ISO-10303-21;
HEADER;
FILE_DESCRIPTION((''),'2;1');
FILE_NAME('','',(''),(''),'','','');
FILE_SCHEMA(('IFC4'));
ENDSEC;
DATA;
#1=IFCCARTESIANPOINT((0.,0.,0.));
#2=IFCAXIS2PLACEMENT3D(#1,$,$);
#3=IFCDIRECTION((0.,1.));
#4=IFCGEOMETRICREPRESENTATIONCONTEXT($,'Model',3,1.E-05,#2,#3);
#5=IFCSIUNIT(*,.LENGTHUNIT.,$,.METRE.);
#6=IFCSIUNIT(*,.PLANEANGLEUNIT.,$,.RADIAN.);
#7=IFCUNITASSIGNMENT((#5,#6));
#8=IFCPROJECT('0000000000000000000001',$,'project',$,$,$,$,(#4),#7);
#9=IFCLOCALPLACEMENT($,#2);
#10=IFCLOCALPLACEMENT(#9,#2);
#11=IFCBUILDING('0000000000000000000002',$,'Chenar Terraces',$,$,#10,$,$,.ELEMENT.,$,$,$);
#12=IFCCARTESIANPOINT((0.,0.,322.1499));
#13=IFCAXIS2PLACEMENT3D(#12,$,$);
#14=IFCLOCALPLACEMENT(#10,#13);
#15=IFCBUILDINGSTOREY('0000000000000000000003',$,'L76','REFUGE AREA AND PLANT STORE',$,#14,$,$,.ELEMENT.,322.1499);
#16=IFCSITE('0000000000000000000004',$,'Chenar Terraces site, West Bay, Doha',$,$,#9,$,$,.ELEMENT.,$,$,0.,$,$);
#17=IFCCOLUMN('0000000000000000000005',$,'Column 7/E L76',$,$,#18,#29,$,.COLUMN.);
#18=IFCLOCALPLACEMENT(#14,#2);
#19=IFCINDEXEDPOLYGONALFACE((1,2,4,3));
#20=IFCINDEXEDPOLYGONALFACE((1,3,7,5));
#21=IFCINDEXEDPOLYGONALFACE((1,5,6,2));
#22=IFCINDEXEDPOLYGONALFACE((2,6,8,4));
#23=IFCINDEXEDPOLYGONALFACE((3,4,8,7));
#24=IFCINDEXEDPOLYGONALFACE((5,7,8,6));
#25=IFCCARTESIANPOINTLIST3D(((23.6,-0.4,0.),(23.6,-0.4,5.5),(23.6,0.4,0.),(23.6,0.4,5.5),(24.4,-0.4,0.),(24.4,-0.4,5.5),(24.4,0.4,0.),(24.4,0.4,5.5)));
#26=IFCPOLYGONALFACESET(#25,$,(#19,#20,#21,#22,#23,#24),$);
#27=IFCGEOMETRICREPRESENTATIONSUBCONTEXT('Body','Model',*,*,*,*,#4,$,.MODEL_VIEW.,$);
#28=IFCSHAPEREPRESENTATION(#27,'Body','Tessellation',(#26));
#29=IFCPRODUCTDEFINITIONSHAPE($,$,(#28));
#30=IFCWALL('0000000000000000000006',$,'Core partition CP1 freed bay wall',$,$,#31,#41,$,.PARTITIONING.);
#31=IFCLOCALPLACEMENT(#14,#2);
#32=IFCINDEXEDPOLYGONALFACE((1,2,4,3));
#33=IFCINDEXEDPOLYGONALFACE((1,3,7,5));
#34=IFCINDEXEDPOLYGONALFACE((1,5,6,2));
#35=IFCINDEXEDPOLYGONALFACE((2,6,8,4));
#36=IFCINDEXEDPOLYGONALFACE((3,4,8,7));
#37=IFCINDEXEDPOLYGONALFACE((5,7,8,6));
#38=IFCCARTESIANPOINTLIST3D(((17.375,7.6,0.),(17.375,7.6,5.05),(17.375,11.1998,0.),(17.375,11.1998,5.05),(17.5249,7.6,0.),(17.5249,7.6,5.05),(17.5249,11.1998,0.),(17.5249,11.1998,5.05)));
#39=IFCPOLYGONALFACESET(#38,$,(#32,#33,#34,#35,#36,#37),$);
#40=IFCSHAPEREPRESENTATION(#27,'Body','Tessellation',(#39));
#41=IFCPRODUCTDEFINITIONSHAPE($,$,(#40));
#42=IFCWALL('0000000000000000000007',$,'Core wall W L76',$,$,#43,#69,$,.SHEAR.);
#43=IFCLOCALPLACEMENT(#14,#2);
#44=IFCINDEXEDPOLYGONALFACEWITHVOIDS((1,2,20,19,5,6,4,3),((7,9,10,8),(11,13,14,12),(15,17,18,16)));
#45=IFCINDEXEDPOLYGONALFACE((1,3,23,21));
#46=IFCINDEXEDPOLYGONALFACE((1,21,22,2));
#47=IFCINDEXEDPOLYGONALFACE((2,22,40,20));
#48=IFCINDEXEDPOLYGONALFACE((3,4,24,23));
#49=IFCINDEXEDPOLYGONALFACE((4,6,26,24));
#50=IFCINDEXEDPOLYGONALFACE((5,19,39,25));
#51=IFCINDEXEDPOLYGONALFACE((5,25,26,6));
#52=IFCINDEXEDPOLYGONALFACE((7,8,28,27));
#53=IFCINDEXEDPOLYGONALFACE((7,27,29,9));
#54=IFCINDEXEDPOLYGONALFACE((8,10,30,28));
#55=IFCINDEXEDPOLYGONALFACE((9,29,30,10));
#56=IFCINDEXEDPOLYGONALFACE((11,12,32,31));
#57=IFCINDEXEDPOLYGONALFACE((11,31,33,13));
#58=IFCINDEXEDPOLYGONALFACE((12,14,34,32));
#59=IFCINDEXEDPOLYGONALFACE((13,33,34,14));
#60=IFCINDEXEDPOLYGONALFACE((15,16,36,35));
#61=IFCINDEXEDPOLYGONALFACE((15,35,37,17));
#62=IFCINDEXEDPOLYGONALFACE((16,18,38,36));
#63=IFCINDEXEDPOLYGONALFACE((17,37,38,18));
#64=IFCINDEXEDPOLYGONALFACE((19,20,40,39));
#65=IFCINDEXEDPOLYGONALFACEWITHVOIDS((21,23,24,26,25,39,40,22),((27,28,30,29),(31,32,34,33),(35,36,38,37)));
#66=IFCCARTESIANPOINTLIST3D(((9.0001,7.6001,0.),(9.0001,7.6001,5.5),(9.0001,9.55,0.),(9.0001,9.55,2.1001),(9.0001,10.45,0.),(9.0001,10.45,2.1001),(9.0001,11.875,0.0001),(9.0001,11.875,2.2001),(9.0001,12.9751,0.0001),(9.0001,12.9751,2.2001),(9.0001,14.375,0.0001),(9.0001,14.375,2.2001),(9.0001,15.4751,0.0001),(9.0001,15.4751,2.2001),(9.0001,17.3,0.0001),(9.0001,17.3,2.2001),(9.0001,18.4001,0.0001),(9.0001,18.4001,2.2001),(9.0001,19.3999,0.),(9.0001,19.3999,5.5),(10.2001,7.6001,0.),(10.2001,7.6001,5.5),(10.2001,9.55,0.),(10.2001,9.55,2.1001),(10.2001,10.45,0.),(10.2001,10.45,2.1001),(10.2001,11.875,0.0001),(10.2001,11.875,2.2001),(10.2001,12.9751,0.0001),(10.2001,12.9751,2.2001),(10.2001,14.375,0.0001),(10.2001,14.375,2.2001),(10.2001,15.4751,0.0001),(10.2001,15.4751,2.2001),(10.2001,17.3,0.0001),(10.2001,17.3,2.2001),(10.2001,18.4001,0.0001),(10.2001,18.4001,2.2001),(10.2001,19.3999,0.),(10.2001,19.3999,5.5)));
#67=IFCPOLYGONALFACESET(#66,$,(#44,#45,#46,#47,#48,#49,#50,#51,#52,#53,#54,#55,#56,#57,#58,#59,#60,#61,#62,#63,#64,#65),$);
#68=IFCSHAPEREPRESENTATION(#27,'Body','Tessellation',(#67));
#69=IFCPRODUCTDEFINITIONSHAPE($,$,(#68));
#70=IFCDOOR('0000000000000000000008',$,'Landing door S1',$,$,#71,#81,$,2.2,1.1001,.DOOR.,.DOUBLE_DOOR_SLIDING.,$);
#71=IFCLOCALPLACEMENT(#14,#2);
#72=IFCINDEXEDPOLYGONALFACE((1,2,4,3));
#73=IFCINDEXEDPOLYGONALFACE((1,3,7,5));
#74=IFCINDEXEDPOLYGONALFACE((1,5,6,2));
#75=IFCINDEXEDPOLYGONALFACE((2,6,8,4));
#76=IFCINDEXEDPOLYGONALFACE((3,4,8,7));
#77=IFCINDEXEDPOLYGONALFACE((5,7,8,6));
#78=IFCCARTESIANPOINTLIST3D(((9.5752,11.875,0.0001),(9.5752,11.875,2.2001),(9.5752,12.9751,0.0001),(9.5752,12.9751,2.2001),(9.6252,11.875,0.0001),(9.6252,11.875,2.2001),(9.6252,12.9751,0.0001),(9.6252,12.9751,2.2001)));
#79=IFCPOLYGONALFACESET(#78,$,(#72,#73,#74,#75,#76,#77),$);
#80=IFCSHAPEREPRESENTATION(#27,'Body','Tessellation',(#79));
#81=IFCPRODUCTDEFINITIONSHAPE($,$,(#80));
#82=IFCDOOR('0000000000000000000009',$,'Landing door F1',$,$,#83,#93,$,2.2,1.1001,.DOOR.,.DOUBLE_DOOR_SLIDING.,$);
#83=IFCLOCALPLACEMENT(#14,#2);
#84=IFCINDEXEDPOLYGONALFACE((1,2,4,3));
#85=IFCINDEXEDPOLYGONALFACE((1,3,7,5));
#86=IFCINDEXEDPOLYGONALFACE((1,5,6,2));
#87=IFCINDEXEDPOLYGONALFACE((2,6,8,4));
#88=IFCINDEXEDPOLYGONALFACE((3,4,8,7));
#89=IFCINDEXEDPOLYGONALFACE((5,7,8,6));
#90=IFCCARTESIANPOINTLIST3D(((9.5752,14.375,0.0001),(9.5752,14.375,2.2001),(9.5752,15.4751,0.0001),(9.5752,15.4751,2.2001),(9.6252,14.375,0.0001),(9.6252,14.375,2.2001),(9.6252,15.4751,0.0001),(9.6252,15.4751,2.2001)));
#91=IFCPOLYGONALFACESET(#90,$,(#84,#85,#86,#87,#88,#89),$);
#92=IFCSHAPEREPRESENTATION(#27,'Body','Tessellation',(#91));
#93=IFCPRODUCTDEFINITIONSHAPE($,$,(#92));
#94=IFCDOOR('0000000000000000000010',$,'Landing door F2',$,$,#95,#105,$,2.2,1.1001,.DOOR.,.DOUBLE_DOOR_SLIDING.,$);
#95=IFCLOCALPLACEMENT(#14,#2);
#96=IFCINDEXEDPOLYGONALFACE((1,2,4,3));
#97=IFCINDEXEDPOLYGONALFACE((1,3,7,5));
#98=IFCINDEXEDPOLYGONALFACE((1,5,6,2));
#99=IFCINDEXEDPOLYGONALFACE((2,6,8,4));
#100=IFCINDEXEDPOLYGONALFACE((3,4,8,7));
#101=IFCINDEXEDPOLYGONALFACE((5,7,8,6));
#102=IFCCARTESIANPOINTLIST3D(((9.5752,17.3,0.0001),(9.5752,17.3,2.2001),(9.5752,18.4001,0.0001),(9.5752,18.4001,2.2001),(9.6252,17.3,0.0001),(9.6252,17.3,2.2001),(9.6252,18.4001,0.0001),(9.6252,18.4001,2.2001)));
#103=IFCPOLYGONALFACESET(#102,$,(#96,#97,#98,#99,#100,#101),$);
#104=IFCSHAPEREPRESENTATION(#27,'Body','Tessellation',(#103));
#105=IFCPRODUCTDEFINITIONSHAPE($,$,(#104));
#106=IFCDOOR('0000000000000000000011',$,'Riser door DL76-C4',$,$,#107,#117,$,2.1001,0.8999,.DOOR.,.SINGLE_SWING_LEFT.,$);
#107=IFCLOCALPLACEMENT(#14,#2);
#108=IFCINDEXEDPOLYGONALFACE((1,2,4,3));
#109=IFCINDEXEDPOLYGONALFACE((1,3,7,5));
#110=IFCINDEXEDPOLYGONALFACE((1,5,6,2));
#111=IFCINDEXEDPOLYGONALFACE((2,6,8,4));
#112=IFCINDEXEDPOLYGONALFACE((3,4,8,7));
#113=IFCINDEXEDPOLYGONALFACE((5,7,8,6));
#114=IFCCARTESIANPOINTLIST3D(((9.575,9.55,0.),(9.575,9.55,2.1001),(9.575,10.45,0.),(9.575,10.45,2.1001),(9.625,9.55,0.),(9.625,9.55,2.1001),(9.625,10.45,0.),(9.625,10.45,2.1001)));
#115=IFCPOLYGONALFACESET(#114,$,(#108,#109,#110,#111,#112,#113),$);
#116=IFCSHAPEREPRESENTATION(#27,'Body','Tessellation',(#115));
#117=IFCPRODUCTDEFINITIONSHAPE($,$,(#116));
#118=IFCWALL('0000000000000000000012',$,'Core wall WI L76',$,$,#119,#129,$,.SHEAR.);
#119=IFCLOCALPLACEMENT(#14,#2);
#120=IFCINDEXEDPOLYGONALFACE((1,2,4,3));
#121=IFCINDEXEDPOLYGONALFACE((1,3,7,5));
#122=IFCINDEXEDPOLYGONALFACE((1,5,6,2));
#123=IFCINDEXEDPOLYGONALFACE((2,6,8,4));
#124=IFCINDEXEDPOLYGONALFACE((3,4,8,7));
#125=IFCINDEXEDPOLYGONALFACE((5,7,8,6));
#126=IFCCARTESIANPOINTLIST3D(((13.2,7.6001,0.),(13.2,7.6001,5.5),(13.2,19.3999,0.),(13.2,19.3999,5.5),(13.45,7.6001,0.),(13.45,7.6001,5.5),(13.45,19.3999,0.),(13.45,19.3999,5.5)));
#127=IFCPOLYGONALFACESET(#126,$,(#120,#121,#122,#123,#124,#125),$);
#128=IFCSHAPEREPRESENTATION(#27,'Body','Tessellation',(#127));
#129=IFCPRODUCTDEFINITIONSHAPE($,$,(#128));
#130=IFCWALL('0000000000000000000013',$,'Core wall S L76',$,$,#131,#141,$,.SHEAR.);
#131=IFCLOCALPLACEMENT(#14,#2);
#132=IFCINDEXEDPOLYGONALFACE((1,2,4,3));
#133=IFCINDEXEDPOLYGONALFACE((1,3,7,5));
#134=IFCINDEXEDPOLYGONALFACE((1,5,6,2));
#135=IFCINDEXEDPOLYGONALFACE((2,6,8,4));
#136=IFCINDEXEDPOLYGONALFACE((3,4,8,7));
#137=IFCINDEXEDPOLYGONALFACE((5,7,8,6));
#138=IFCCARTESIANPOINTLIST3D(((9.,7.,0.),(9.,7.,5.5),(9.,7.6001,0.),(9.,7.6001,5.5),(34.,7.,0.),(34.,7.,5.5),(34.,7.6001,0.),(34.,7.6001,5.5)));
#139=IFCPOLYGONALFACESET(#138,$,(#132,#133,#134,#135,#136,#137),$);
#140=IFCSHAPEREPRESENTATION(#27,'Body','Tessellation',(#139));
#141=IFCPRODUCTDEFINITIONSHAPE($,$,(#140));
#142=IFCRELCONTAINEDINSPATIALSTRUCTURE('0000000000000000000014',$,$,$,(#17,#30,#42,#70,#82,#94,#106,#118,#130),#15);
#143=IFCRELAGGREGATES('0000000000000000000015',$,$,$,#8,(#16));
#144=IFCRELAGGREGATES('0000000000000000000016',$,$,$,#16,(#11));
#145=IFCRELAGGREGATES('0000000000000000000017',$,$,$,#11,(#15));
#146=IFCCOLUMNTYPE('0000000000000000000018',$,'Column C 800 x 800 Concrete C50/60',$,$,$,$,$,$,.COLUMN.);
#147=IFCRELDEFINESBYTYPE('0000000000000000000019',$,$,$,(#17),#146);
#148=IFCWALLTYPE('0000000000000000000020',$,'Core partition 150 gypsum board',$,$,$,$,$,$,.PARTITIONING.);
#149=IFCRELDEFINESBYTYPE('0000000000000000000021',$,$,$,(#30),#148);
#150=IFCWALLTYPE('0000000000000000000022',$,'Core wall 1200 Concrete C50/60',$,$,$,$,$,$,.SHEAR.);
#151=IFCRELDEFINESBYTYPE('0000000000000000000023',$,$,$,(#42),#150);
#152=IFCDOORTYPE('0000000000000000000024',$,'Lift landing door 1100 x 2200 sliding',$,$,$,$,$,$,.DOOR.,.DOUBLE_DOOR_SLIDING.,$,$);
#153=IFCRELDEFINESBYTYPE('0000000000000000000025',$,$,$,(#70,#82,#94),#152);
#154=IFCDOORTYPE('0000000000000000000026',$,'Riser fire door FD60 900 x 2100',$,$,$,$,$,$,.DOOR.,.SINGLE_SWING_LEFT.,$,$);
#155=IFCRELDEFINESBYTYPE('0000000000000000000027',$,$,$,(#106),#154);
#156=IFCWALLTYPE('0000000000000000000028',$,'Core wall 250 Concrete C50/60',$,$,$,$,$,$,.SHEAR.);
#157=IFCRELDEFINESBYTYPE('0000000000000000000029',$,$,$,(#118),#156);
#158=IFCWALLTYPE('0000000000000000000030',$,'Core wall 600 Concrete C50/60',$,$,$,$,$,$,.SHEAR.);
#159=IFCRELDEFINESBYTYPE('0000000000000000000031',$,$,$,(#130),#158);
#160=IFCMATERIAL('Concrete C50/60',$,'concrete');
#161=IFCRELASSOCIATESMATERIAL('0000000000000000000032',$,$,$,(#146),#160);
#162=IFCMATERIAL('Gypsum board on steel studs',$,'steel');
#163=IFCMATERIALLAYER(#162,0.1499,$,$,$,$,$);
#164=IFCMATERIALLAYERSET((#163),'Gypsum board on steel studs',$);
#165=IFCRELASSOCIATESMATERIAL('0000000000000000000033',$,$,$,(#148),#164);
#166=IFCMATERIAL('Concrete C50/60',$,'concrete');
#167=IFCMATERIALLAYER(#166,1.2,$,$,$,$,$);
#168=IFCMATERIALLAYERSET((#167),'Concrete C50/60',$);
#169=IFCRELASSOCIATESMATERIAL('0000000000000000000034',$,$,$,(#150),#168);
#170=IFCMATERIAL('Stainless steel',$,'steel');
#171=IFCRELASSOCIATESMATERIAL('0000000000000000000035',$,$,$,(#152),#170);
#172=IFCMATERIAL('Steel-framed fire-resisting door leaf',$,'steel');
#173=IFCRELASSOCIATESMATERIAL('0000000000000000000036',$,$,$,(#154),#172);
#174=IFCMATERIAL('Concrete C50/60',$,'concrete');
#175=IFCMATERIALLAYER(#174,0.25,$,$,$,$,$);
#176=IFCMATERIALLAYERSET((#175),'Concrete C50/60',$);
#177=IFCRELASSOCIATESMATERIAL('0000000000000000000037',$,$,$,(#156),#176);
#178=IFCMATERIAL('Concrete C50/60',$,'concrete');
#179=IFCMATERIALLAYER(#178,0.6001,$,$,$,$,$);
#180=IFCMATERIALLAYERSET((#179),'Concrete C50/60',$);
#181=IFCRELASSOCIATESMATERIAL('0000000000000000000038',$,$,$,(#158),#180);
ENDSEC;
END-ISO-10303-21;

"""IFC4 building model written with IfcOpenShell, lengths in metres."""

from ifc_helpers import new_model, si_unit, direction, frame, frame_2d, origin, origin_2d, place, context, subcontext, project, spatial, rectangle, extrude, material, layer, layer_set, material_profile, profile_set, type_object, element, fill, save


model = new_model("IFC4")

# Units and contexts
model_context = context("Model", 3, precision=1e-05, world=origin(), true_north=direction((0.0, 1.0)))
body_context = subcontext(model_context, "Body", "Model", "MODEL_VIEW")
ifc_project = project(units=[si_unit("LENGTHUNIT", "METRE"), si_unit("PLANEANGLEUNIT", "RADIAN")], contexts=[model_context])

# Site, building, storey
site_placement = place(None, origin())
site = spatial("IfcSite", under=ifc_project, at=site_placement, Name="Chenar Terraces site, West Bay, Doha", CompositionType="ELEMENT", RefElevation=0.0)
building_placement = place(site_placement, origin())
building = spatial("IfcBuilding", under=site, at=building_placement, Name="Chenar Terraces", CompositionType="ELEMENT")
storey_placement = place(building_placement, frame((0.0, 0.0, 322.1499)))
storey = spatial("IfcBuildingStorey", under=building, at=storey_placement, Name="L76", Description="REFUGE AREA AND PLANT STORE", CompositionType="ELEMENT", Elevation=322.1499)

# Column
ifc_material_1 = material(Name="Concrete C50/60", Category="concrete")
ifc_material_profile_1 = material_profile(ifc_material_1, rectangle(XDim=0.8, YDim=0.8, at=origin_2d()), Name="C 800 x 800")
ifc_profile_set_1 = profile_set([ifc_material_profile_1], Name="Concrete C50/60")
column_type = type_object("IfcColumnType", Name="Column C 800 x 800 Concrete C50/60", PredefinedType="COLUMN", material=ifc_profile_set_1)
column_placement = place(storey_placement, frame((24.0, 0.0, 0.0), z_axis=(0.0, 0.0, 1.0), x_axis=(1.0, 0.0, 0.0)))
element("IfcColumn", 1, at=column_placement, inside=storey, type_object=column_type, Name="Column 7/E L76", PredefinedType="COLUMN", context=body_context, shape_type="SweptSolid", body=[
    extrude(rectangle(XDim=0.8, YDim=0.8, at=origin_2d()), origin(), (0.0, 0.0, 1.0), 5.5),
])

# Wall
ifc_material_2 = material(Name="Gypsum board on steel studs", Category="steel")
ifc_layer_1 = layer(ifc_material_2, 0.1499)
ifc_layer_set_1 = layer_set([ifc_layer_1], Name="Gypsum board on steel studs")
wall_type_1 = type_object("IfcWallType", Name="Core partition 150 gypsum board", PredefinedType="PARTITIONING", material=ifc_layer_set_1)
wall_1_placement = place(storey_placement, frame((17.45, 7.6001, 0.0), z_axis=(0.0, 0.0, 1.0), x_axis=(0.0, 1.0, 0.0)))
element("IfcWall", 2, at=wall_1_placement, inside=storey, type_object=wall_type_1, Name="Core partition CP1 freed bay wall", PredefinedType="PARTITIONING", context=body_context, shape_type="SweptSolid", body=[
    extrude(rectangle(XDim=3.5999, YDim=0.1499, at=frame_2d((1.7998, 0.0))), origin(), (0.0, 0.0, 1.0), 5.05),
])

# Wall, openings, doors
ifc_material_3 = material(Name="Concrete C50/60", Category="concrete")
ifc_layer_2 = layer(ifc_material_3, 1.2)
ifc_layer_set_2 = layer_set([ifc_layer_2], Name="Concrete C50/60")
wall_type_2 = type_object("IfcWallType", Name="Core wall 1200 Concrete C50/60", PredefinedType="SHEAR", material=ifc_layer_set_2)
wall_2_placement = place(storey_placement, frame((9.6001, 7.6001, 0.0), z_axis=(0.0, 0.0, 1.0), x_axis=(0.0, 1.0, 0.0)))
wall_2 = element("IfcWall", 3, at=wall_2_placement, inside=storey, type_object=wall_type_2, Name="Core wall W L76", PredefinedType="SHEAR", context=body_context, shape_type="SweptSolid", body=[
    extrude(rectangle(XDim=11.7998, YDim=1.2, at=frame_2d((5.8999, 0.0))), origin(), (0.0, 0.0, 1.0), 5.5),
])
opening_1_placement = place(wall_2_placement, frame((4.2749, 0.0, 0.0)))
opening_1 = element("IfcOpeningElement", 4, at=opening_1_placement, cuts=wall_2, PredefinedType="OPENING", context=body_context, shape_type="SweptSolid", body=[
    extrude(rectangle(XDim=1.1001, YDim=2.2, at=frame_2d((0.55, 1.1001))), frame((0.0, 0.6099, 0.0), z_axis=(0.0, -1.0, 0.0), x_axis=(1.0, 0.0, 0.0)), (0.0, 0.0, 1.0), 1.22),
])
opening_2_placement = place(wall_2_placement, frame((6.7749, 0.0, 0.0)))
opening_2 = element("IfcOpeningElement", 5, at=opening_2_placement, cuts=wall_2, PredefinedType="OPENING", context=body_context, shape_type="SweptSolid", body=[
    extrude(rectangle(XDim=1.1001, YDim=2.2, at=frame_2d((0.55, 1.1001))), frame((0.0, 0.6099, 0.0), z_axis=(0.0, -1.0, 0.0), x_axis=(1.0, 0.0, 0.0)), (0.0, 0.0, 1.0), 1.22),
])
opening_3_placement = place(wall_2_placement, frame((9.7, 0.0, 0.0)))
opening_3 = element("IfcOpeningElement", 6, at=opening_3_placement, cuts=wall_2, PredefinedType="OPENING", context=body_context, shape_type="SweptSolid", body=[
    extrude(rectangle(XDim=1.1001, YDim=2.2, at=frame_2d((0.55, 1.1001))), frame((0.0, 0.6099, 0.0), z_axis=(0.0, -1.0, 0.0), x_axis=(1.0, 0.0, 0.0)), (0.0, 0.0, 1.0), 1.22),
])
opening_4_placement = place(wall_2_placement, frame((1.95, 0.0, 0.0)))
opening_4 = element("IfcOpeningElement", 7, at=opening_4_placement, cuts=wall_2, PredefinedType="OPENING", context=body_context, shape_type="SweptSolid", body=[
    extrude(rectangle(XDim=0.8999, YDim=2.1001, at=frame_2d((0.45, 1.05))), frame((0.0, 0.6099, 0.0), z_axis=(0.0, -1.0, 0.0), x_axis=(1.0, 0.0, 0.0)), (0.0, 0.0, 1.0), 1.22),
])
ifc_material_4 = material(Name="Stainless steel", Category="steel")
door_type_1 = type_object("IfcDoorType", Name="Lift landing door 1100 x 2200 sliding", OperationType="DOUBLE_DOOR_SLIDING", PredefinedType="DOOR", material=ifc_material_4)
door_1_placement = place(opening_1_placement, origin())
door_1 = element("IfcDoor", 8, at=door_1_placement, inside=storey, type_object=door_type_1, Name="Landing door S1", OperationType="DOUBLE_DOOR_SLIDING", OverallHeight=2.2, OverallWidth=1.1001, PredefinedType="DOOR", context=body_context, shape_type="SweptSolid", body=[
    extrude(rectangle(XDim=1.1001, YDim=2.2, at=frame_2d((0.55, 1.1001))), frame((0.0, 0.0249, 0.0), z_axis=(0.0, -1.0, 0.0), x_axis=(1.0, 0.0, 0.0)), (0.0, 0.0, 1.0), 0.05),
])
fill(opening_1, door_1)
door_2_placement = place(opening_2_placement, origin())
door_2 = element("IfcDoor", 9, at=door_2_placement, inside=storey, type_object=door_type_1, Name="Landing door F1", OperationType="DOUBLE_DOOR_SLIDING", OverallHeight=2.2, OverallWidth=1.1001, PredefinedType="DOOR", context=body_context, shape_type="SweptSolid", body=[
    extrude(rectangle(XDim=1.1001, YDim=2.2, at=frame_2d((0.55, 1.1001))), frame((0.0, 0.0249, 0.0), z_axis=(0.0, -1.0, 0.0), x_axis=(1.0, 0.0, 0.0)), (0.0, 0.0, 1.0), 0.05),
])
fill(opening_2, door_2)
door_3_placement = place(opening_3_placement, origin())
door_3 = element("IfcDoor", 10, at=door_3_placement, inside=storey, type_object=door_type_1, Name="Landing door F2", OperationType="DOUBLE_DOOR_SLIDING", OverallHeight=2.2, OverallWidth=1.1001, PredefinedType="DOOR", context=body_context, shape_type="SweptSolid", body=[
    extrude(rectangle(XDim=1.1001, YDim=2.2, at=frame_2d((0.55, 1.1001))), frame((0.0, 0.0249, 0.0), z_axis=(0.0, -1.0, 0.0), x_axis=(1.0, 0.0, 0.0)), (0.0, 0.0, 1.0), 0.05),
])
fill(opening_3, door_3)
ifc_material_5 = material(Name="Steel-framed fire-resisting door leaf", Category="steel")
door_type_2 = type_object("IfcDoorType", Name="Riser fire door FD60 900 x 2100", OperationType="SINGLE_SWING_LEFT", PredefinedType="DOOR", material=ifc_material_5)
door_4_placement = place(opening_4_placement, frame((0.8999, 0.0, 0.0), z_axis=(0.0, 0.0, 1.0), x_axis=(-1.0, 0.0, 0.0)))
door_4 = element("IfcDoor", 11, at=door_4_placement, inside=storey, type_object=door_type_2, Name="Riser door DL76-C4", OperationType="SINGLE_SWING_LEFT", OverallHeight=2.1001, OverallWidth=0.8999, PredefinedType="DOOR", context=body_context, shape_type="SweptSolid", body=[
    extrude(rectangle(XDim=0.8999, YDim=2.1001, at=frame_2d((0.45, 1.05))), frame((0.0, 0.0249, 0.0), z_axis=(0.0, -1.0, 0.0), x_axis=(1.0, 0.0, 0.0)), (0.0, 0.0, 1.0), 0.05),
])
fill(opening_4, door_4)

# Walls
ifc_material_6 = material(Name="Concrete C50/60", Category="concrete")
ifc_layer_3 = layer(ifc_material_6, 0.25)
ifc_layer_set_3 = layer_set([ifc_layer_3], Name="Concrete C50/60")
wall_type_3 = type_object("IfcWallType", Name="Core wall 250 Concrete C50/60", PredefinedType="SHEAR", material=ifc_layer_set_3)
wall_3_placement = place(storey_placement, frame((13.325, 7.6001, 0.0), z_axis=(0.0, 0.0, 1.0), x_axis=(0.0, 1.0, 0.0)))
element("IfcWall", 12, at=wall_3_placement, inside=storey, type_object=wall_type_3, Name="Core wall WI L76", PredefinedType="SHEAR", context=body_context, shape_type="SweptSolid", body=[
    extrude(rectangle(XDim=11.7998, YDim=0.25, at=frame_2d((5.8999, 0.0))), origin(), (0.0, 0.0, 1.0), 5.5),
])
ifc_material_7 = material(Name="Concrete C50/60", Category="concrete")
ifc_layer_4 = layer(ifc_material_7, 0.6001)
ifc_layer_set_4 = layer_set([ifc_layer_4], Name="Concrete C50/60")
wall_type_4 = type_object("IfcWallType", Name="Core wall 600 Concrete C50/60", PredefinedType="SHEAR", material=ifc_layer_set_4)
wall_4_placement = place(storey_placement, frame((9.0, 7.3, 0.0), z_axis=(0.0, 0.0, 1.0), x_axis=(1.0, 0.0, 0.0)))
element("IfcWall", 13, at=wall_4_placement, inside=storey, type_object=wall_type_4, Name="Core wall S L76", PredefinedType="SHEAR", context=body_context, shape_type="SweptSolid", body=[
    extrude(rectangle(XDim=25.0, YDim=0.6001, at=frame_2d((12.5, 0.0))), origin(), (0.0, 0.0, 1.0), 5.5),
])

save(model, "model.ifc")
